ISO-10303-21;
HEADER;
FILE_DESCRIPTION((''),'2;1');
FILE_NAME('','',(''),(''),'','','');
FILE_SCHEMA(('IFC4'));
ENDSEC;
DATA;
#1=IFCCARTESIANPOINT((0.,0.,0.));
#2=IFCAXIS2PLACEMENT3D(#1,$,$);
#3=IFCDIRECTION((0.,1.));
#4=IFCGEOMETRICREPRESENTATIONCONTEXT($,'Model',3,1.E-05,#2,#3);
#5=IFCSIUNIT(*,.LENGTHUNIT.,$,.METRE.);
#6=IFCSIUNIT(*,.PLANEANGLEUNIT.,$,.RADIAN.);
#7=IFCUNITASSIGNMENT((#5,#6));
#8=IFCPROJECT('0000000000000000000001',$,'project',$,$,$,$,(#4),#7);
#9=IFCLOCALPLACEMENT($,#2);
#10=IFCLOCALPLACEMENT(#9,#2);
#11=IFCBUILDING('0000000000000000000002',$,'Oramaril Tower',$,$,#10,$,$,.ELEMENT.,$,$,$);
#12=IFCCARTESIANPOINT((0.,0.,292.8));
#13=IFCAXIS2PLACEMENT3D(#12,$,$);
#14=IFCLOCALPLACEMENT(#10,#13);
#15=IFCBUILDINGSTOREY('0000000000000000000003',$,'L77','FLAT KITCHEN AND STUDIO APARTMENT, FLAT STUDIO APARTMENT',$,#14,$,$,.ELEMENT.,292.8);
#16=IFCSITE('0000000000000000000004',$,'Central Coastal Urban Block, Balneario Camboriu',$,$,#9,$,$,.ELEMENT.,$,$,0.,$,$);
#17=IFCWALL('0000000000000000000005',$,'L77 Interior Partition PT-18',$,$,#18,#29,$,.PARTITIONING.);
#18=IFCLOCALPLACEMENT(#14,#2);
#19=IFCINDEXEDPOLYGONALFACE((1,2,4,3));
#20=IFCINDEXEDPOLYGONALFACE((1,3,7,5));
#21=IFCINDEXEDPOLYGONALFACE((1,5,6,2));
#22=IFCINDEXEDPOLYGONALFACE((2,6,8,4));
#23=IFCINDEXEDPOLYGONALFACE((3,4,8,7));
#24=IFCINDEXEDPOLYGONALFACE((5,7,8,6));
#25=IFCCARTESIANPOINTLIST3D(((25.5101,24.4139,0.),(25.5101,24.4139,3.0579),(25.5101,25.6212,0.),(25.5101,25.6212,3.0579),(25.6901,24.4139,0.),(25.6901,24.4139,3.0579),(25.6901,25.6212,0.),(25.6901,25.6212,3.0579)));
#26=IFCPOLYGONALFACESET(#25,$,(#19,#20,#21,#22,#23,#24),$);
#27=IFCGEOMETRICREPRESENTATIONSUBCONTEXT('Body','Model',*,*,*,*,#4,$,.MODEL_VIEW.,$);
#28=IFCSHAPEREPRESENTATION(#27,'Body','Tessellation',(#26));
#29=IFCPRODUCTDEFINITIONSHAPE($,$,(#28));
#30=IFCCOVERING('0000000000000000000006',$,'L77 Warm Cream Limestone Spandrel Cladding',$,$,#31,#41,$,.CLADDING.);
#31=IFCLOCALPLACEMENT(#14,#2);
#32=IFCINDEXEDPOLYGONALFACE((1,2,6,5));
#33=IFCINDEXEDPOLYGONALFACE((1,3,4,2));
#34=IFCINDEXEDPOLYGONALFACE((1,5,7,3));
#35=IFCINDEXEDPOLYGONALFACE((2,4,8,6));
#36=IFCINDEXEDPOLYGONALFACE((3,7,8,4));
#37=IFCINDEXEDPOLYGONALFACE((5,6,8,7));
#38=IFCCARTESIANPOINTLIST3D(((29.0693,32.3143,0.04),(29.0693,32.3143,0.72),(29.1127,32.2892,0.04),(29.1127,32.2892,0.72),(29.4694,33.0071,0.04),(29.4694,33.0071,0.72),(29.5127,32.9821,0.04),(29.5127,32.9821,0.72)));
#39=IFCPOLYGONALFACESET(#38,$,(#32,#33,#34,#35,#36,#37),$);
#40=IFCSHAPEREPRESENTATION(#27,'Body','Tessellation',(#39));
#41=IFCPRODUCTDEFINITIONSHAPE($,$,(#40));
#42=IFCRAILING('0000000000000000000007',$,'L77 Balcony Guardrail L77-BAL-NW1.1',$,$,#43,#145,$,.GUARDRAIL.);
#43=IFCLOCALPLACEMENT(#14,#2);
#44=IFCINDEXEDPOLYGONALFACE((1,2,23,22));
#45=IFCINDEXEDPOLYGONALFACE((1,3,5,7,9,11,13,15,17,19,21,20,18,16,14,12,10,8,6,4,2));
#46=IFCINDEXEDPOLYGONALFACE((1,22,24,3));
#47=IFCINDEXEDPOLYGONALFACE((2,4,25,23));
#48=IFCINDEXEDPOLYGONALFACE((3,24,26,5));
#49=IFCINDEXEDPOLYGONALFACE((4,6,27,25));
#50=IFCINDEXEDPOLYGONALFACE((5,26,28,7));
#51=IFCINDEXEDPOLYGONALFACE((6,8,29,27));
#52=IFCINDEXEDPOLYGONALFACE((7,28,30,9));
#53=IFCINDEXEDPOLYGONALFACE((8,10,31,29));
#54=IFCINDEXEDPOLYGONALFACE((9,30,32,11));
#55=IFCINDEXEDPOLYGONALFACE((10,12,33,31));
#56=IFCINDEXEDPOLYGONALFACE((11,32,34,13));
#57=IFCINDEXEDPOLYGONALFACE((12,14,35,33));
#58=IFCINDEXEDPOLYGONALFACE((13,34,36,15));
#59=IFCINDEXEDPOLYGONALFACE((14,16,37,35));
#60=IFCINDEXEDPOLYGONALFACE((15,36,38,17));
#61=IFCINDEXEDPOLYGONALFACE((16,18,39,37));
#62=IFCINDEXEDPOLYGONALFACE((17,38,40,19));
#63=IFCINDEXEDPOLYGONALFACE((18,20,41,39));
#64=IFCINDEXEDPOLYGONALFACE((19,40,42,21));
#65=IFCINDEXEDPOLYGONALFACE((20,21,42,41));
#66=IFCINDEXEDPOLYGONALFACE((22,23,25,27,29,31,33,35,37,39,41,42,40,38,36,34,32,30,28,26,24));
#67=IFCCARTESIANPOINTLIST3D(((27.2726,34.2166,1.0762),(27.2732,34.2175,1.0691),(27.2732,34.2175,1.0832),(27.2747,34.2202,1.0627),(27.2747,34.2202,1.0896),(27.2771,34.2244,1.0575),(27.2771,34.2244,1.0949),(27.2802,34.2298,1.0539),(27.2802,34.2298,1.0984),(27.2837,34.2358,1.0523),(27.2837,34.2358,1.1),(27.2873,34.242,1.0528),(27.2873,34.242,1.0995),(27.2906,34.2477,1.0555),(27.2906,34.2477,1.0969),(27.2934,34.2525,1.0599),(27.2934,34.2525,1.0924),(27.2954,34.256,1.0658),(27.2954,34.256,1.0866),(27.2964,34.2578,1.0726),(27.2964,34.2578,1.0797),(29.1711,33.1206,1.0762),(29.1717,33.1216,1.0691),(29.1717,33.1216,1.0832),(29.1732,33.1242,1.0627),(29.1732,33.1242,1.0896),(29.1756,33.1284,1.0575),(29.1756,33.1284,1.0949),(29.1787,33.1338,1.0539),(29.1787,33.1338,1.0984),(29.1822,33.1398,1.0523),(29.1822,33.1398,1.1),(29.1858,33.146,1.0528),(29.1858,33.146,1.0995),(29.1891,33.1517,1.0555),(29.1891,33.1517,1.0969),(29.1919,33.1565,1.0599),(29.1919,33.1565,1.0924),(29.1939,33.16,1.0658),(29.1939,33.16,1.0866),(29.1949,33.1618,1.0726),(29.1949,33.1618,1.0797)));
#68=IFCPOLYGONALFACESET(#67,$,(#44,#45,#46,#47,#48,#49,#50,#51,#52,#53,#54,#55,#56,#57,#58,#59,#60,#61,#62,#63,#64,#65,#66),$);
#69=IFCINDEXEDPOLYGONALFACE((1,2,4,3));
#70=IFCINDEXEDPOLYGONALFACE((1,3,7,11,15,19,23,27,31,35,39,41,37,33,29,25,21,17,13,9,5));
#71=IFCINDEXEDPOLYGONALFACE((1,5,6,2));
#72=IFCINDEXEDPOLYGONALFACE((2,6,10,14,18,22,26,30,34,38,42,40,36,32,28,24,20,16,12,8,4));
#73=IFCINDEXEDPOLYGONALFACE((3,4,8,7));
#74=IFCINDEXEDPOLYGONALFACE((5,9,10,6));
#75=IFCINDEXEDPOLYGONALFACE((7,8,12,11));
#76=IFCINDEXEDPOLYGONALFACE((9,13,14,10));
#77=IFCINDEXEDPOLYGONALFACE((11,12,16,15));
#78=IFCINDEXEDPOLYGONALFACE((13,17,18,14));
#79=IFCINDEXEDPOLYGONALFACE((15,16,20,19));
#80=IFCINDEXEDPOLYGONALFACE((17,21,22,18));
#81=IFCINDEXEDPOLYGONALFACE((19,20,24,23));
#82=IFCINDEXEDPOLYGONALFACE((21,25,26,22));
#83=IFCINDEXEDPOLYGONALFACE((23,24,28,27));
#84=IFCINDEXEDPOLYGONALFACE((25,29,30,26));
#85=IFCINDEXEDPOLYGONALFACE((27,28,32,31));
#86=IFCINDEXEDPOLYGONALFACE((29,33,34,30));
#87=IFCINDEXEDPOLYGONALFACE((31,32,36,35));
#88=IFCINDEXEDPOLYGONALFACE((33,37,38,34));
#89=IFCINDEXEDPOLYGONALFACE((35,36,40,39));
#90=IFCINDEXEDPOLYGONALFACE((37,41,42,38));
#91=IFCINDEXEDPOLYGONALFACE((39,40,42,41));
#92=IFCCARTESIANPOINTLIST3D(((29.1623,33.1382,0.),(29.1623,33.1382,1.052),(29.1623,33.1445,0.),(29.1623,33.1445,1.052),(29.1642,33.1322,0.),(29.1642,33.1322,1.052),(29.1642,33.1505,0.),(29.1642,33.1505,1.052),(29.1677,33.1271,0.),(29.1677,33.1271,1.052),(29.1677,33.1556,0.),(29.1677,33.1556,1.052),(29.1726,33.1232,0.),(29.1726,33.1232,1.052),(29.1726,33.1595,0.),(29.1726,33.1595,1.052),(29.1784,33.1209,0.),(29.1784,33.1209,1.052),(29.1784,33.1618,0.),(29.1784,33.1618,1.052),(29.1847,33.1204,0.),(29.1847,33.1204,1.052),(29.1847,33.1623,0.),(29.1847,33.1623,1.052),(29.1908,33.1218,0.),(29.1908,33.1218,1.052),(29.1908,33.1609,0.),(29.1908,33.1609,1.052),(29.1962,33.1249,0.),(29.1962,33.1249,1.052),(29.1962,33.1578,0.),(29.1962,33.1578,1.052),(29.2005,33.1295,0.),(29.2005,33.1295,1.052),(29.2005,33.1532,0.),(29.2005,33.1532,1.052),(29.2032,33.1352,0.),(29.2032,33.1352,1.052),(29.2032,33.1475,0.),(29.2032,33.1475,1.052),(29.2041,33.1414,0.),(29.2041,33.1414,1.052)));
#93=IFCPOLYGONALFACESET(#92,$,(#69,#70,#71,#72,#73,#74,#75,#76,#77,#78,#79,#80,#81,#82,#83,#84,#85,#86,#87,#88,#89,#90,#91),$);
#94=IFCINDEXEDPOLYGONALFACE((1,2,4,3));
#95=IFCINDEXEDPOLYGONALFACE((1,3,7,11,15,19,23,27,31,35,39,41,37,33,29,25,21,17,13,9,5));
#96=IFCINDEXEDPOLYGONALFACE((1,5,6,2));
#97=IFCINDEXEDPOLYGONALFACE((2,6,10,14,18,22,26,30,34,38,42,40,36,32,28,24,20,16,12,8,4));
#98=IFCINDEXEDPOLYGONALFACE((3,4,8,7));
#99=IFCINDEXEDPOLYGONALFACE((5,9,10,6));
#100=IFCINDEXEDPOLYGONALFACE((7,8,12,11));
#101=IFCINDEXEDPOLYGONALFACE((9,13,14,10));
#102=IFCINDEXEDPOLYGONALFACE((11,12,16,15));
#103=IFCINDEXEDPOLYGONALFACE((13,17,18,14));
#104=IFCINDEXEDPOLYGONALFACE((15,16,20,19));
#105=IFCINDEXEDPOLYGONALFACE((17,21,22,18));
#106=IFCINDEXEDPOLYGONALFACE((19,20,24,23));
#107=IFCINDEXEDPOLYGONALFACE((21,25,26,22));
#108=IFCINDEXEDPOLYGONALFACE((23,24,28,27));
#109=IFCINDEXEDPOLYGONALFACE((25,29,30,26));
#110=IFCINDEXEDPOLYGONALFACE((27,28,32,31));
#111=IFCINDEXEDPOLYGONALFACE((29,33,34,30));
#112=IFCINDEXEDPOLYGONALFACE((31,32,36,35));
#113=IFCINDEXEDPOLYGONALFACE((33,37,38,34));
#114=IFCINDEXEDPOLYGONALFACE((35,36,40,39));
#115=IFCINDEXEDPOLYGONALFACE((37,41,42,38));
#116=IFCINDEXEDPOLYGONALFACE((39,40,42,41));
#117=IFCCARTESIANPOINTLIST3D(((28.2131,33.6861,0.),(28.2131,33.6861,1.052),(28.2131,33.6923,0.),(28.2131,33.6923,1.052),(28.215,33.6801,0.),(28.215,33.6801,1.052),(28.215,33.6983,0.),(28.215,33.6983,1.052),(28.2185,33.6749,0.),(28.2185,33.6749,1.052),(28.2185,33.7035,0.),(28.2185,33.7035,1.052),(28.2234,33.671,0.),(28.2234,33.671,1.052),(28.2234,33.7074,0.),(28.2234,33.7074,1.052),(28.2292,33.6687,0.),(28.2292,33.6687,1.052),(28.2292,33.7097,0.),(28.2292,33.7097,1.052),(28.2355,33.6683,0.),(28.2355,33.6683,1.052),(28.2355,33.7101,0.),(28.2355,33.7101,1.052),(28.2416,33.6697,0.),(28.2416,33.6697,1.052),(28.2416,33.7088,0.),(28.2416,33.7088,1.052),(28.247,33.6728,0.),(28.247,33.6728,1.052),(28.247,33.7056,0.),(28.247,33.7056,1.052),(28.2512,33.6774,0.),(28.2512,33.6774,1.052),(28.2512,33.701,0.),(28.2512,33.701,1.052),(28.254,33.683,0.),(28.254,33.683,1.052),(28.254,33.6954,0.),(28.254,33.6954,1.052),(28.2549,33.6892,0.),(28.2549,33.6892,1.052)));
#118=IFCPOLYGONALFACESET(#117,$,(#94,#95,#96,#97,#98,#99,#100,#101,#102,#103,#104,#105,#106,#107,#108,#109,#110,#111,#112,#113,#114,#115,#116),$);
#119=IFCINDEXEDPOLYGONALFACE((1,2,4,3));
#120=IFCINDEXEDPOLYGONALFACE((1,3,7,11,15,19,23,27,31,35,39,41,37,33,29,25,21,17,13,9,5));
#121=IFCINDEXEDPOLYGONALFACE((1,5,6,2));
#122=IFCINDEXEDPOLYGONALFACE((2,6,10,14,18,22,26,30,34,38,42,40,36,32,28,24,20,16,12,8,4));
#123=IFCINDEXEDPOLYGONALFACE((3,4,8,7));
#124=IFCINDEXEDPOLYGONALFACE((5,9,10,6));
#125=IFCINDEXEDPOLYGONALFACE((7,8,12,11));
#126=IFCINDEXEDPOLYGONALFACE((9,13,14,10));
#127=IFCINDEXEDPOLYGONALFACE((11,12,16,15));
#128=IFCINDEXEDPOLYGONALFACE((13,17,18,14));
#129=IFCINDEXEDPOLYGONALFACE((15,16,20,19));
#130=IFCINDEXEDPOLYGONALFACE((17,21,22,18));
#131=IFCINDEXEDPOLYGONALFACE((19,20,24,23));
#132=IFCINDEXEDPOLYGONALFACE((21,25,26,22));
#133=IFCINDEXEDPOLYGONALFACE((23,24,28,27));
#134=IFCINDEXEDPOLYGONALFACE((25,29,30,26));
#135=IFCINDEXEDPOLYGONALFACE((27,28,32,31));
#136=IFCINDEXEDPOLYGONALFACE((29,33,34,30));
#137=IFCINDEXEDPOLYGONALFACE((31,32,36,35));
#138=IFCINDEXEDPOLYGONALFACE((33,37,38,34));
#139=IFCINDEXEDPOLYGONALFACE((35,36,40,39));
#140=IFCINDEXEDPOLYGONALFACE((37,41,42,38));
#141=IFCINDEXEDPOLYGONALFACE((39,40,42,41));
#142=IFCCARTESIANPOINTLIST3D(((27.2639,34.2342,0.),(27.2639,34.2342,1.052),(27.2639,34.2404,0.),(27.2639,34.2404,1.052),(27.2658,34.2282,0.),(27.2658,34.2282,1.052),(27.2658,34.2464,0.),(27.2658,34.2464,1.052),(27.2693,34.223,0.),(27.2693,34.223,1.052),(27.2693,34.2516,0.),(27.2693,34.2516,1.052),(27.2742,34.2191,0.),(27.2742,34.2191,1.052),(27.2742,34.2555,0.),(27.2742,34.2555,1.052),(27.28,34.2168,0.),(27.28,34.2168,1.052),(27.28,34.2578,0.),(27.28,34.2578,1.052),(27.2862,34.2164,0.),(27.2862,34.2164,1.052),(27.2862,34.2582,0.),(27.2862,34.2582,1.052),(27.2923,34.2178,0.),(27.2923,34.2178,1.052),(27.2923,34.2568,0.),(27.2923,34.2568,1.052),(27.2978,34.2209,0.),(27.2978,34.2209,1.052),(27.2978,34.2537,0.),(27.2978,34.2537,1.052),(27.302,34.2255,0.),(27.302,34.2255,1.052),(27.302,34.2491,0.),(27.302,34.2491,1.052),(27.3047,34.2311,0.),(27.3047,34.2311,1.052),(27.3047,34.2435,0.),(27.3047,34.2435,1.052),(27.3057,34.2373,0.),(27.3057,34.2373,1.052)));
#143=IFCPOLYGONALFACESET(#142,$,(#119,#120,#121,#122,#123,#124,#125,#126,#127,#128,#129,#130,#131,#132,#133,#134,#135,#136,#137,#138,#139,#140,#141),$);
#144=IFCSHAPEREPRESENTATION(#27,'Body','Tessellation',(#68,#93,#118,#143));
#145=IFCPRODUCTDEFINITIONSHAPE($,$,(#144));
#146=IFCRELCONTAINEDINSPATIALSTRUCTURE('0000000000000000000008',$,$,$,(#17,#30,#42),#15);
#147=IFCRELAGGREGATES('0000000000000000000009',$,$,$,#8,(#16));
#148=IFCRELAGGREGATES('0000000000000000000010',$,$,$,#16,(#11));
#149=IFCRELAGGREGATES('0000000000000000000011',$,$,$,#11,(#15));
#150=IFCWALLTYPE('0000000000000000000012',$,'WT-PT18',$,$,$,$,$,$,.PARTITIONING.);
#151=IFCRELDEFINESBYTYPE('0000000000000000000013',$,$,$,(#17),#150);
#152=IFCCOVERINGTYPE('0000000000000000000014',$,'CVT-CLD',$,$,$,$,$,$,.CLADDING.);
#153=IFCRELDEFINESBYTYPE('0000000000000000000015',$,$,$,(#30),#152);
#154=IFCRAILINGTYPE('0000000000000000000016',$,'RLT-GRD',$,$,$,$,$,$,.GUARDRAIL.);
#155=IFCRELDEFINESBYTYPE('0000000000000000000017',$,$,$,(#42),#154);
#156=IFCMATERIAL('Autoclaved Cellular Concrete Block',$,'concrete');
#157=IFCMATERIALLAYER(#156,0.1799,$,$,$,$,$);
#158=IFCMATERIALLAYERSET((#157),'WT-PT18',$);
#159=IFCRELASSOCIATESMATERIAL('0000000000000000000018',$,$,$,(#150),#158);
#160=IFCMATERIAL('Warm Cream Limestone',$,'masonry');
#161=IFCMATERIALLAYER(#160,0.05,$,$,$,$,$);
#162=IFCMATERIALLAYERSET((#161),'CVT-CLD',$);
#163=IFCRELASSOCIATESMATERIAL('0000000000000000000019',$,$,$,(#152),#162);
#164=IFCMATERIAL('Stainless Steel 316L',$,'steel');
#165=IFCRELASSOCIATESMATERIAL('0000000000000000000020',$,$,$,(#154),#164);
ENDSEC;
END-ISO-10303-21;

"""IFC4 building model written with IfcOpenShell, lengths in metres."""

from ifc_helpers import new_model, si_unit, direction, frame, frame_2d, origin, origin_2d, place, context, subcontext, project, spatial, rectangle, circle, extrude, material, layer, layer_set, type_object, element, save


model = new_model("IFC4")

# Units and contexts
model_context = context("Model", 3, precision=1e-05, world=origin(), true_north=direction((0.0, 1.0)))
body_context = subcontext(model_context, "Body", "Model", "MODEL_VIEW")
ifc_project = project(units=[si_unit("LENGTHUNIT", "METRE"), si_unit("PLANEANGLEUNIT", "RADIAN")], contexts=[model_context])

# Site, building, storey
site_placement = place(None, origin())
site = spatial("IfcSite", under=ifc_project, at=site_placement, Name="Central Coastal Urban Block, Balneario Camboriu", CompositionType="ELEMENT", RefElevation=0.0)
building_placement = place(site_placement, origin())
building = spatial("IfcBuilding", under=site, at=building_placement, Name="Oramaril Tower", CompositionType="ELEMENT")
storey_placement = place(building_placement, frame((0.0, 0.0, 292.8)))
storey = spatial("IfcBuildingStorey", under=building, at=storey_placement, Name="L77", Description="FLAT KITCHEN AND STUDIO APARTMENT, FLAT STUDIO APARTMENT", CompositionType="ELEMENT", Elevation=292.8)

# Shared definitions
ifc_material_1 = material(Name="Autoclaved Cellular Concrete Block", Category="concrete")
ifc_layer_1 = layer(ifc_material_1, 0.1799)
ifc_layer_set_1 = layer_set([ifc_layer_1], Name="WT-PT18")
wall_type_1 = type_object("IfcWallType", Name="WT-PT18", PredefinedType="PARTITIONING", material=ifc_layer_set_1)

# Wall
wall_1_placement = place(storey_placement, frame((25.6001, 24.4141, 0.0), z_axis=(0.0, 0.0, 1.0), x_axis=(0.0, 1.0, 0.0)))
element("IfcWall", 1, at=wall_1_placement, inside=storey, type_object=wall_type_1, Name="L77 Interior Partition PT-18", PredefinedType="PARTITIONING", context=body_context, shape_type="SweptSolid", body=[
    extrude(rectangle(XDim=1.2073, YDim=0.1799, at=frame_2d((0.6035, 0.0))), origin(), (0.0, 0.0, 1.0), 3.0579),
])

# Covering
ifc_material_2 = material(Name="Warm Cream Limestone", Category="masonry")
ifc_layer_2 = layer(ifc_material_2, 0.05)
ifc_layer_set_2 = layer_set([ifc_layer_2], Name="CVT-CLD")
covering_type = type_object("IfcCoveringType", Name="CVT-CLD", PredefinedType="CLADDING", material=ifc_layer_set_2)
covering_placement = place(storey_placement, frame((29.291, 32.6482, 0.04), z_axis=(0.0, 0.0, 1.0), x_axis=(-0.5, -0.866025, 0.0)))
element("IfcCovering", 2, at=covering_placement, inside=storey, type_object=covering_type, Name="L77 Warm Cream Limestone Spandrel Cladding", PredefinedType="CLADDING", context=body_context, shape_type="SweptSolid", body=[
    extrude(rectangle(XDim=0.8, YDim=0.05, at=origin_2d()), origin(), (0.0, 0.0, 1.0), 0.6799),
])

# Railing
ifc_material_3 = material(Name="Stainless Steel 316L", Category="steel")
railing_type = type_object("IfcRailingType", Name="RLT-GRD", PredefinedType="GUARDRAIL", material=ifc_material_3)
railing_1_placement = place(storey_placement, frame((29.1831, 33.1414, 0.0)))
element("IfcRailing", 3, at=railing_1_placement, inside=storey, type_object=railing_type, Name="L77 Balcony Guardrail L77-BAL-NW1.1", PredefinedType="GUARDRAIL", context=body_context, shape_type="SweptSolid", body=[
    extrude(circle(Radius=0.0239, at=origin_2d()), frame((0.0, 0.0, 1.0762), z_axis=(-0.866048, 0.49996, 0.0), x_axis=(-0.49996, -0.866048, 0.0)), (0.0, 0.0, 1.0), 2.1921),
    extrude(circle(Radius=0.021, at=origin_2d()), origin(), (0.0, 0.0, 1.0), 1.052),
    extrude(circle(Radius=0.021, at=origin_2d()), frame((-0.9492, 0.5479, 0.0)), (0.0, 0.0, 1.0), 1.052),
    extrude(circle(Radius=0.021, at=origin_2d()), frame((-1.8984, 1.0959, 0.0)), (0.0, 0.0, 1.0), 1.052),
])

save(model, "model.ifc")
